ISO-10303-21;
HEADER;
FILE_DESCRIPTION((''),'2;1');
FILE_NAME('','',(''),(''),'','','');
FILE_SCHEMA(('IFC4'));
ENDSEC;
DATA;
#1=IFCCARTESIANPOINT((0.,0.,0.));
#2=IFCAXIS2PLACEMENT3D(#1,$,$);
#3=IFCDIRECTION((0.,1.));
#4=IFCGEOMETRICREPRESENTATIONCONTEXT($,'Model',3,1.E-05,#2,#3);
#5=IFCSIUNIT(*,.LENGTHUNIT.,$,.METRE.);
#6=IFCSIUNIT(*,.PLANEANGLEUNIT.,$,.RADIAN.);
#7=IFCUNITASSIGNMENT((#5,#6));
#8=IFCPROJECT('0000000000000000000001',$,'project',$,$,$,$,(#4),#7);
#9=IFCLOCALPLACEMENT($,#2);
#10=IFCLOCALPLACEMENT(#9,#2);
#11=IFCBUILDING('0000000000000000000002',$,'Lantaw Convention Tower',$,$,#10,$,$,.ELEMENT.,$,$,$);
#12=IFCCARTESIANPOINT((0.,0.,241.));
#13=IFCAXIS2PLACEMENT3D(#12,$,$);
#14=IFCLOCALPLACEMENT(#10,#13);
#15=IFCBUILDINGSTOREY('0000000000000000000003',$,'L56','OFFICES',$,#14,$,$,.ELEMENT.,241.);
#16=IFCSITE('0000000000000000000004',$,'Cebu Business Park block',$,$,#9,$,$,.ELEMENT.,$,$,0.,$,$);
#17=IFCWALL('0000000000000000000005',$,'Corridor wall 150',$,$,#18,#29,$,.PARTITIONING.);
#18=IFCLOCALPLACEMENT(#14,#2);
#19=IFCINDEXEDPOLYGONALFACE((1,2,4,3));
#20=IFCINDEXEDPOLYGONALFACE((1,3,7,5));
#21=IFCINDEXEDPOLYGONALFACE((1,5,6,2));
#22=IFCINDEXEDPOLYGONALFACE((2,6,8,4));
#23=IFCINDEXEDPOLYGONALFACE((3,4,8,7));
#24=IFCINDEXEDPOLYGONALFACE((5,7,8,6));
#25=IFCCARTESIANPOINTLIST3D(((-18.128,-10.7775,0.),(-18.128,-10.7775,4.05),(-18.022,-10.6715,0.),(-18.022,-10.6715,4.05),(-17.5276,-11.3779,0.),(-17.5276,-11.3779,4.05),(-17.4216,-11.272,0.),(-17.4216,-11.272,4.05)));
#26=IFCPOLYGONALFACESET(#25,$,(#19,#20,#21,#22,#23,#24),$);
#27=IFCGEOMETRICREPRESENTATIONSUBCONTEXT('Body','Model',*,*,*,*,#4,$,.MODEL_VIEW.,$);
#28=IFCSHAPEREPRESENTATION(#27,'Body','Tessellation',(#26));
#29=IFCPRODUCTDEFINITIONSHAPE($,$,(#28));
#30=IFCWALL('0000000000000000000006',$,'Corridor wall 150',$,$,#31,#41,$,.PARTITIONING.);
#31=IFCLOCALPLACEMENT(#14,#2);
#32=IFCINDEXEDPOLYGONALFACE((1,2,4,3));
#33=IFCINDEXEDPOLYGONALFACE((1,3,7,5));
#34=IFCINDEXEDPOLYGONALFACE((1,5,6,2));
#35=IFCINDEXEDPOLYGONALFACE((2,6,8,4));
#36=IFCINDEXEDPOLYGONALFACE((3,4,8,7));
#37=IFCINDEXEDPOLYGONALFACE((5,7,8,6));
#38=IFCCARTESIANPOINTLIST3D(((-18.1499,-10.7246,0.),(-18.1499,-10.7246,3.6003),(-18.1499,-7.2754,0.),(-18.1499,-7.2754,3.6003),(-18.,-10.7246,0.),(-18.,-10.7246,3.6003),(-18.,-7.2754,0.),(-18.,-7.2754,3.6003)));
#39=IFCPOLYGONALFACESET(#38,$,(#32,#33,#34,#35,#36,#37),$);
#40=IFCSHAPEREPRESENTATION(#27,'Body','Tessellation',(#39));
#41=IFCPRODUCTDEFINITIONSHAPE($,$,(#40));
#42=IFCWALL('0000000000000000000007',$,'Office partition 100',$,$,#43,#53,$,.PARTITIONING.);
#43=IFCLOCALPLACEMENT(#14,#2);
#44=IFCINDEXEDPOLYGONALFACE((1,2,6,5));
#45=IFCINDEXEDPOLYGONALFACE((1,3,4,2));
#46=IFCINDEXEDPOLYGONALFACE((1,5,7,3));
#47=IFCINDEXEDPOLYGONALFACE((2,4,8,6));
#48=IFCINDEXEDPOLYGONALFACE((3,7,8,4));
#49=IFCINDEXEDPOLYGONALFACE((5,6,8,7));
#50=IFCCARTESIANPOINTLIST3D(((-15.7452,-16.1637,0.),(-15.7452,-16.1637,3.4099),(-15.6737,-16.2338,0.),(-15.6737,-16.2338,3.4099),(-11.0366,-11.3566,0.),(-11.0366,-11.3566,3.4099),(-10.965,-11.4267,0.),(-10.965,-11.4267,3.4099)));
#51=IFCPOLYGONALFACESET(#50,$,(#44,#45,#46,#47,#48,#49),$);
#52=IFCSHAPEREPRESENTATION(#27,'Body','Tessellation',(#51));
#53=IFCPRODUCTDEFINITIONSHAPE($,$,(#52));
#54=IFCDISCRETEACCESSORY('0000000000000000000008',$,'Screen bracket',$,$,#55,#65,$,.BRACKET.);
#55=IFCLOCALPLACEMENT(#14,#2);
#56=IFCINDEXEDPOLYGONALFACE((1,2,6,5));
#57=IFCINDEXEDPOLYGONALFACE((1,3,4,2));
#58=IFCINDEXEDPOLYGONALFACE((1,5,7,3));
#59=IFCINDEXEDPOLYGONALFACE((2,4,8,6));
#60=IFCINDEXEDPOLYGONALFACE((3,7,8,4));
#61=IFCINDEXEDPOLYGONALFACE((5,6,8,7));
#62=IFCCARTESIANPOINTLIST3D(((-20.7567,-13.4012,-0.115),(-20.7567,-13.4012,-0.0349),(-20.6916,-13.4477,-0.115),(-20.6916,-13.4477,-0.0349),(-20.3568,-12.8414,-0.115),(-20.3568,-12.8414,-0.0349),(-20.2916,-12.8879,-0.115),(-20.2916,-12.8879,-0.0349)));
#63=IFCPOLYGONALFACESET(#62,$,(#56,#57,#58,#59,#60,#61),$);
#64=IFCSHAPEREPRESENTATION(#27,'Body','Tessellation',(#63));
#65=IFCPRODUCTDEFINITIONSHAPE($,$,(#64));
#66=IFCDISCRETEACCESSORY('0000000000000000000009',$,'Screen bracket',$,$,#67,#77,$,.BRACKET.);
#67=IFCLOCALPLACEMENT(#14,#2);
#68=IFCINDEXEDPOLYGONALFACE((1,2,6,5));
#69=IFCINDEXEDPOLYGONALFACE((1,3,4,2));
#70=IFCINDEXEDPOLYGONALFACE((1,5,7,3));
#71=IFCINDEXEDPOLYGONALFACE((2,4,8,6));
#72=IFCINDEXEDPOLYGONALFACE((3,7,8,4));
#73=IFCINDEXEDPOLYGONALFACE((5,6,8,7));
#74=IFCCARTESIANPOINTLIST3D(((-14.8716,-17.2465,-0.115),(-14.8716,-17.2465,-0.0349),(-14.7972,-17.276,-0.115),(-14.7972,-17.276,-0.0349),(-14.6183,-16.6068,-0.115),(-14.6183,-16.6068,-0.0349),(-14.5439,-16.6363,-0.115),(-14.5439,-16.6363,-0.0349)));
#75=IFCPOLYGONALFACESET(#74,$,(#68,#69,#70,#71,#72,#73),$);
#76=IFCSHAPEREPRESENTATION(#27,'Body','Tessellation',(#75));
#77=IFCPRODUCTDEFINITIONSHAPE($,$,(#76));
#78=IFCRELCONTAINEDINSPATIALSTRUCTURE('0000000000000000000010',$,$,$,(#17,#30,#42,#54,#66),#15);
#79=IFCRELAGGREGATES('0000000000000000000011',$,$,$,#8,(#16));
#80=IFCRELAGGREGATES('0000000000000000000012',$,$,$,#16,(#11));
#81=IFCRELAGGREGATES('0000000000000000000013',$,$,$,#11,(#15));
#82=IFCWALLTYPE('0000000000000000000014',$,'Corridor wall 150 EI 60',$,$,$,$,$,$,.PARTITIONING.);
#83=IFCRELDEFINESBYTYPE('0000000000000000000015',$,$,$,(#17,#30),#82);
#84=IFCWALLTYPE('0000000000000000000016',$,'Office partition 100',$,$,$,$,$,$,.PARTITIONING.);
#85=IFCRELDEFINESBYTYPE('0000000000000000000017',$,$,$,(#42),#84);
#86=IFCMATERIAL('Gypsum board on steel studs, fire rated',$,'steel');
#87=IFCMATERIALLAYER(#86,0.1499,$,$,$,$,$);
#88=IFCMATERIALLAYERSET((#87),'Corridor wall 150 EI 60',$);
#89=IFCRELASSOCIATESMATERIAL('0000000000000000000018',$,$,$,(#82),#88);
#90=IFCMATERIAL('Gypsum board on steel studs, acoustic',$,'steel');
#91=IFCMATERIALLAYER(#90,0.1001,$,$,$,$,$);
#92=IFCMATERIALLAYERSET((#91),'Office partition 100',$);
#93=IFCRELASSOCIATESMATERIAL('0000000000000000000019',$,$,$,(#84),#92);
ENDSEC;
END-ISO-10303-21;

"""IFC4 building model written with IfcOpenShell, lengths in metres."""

from ifc_helpers import new_model, si_unit, direction, frame, frame_2d, origin, origin_2d, place, context, subcontext, project, spatial, rectangle, extrude, material, layer, layer_set, type_object, element, save


model = new_model("IFC4")

# Units and contexts
model_context = context("Model", 3, precision=1e-05, world=origin(), true_north=direction((0.0, 1.0)))
body_context = subcontext(model_context, "Body", "Model", "MODEL_VIEW")
ifc_project = project(units=[si_unit("LENGTHUNIT", "METRE"), si_unit("PLANEANGLEUNIT", "RADIAN")], contexts=[model_context])

# Site, building, storey
site_placement = place(None, origin())
site = spatial("IfcSite", under=ifc_project, at=site_placement, Name="Cebu Business Park block", CompositionType="ELEMENT", RefElevation=0.0)
building_placement = place(site_placement, origin())
building = spatial("IfcBuilding", under=site, at=building_placement, Name="Lantaw Convention Tower", CompositionType="ELEMENT")
storey_placement = place(building_placement, frame((0.0, 0.0, 241.0)))
storey = spatial("IfcBuildingStorey", under=building, at=storey_placement, Name="L56", Description="OFFICES", CompositionType="ELEMENT", Elevation=241.0)

# Walls
ifc_material_1 = material(Name="Gypsum board on steel studs, fire rated", Category="steel")
ifc_layer_1 = layer(ifc_material_1, 0.1499)
ifc_layer_set_1 = layer_set([ifc_layer_1], Name="Corridor wall 150 EI 60")
wall_type_1 = type_object("IfcWallType", Name="Corridor wall 150 EI 60", PredefinedType="PARTITIONING", material=ifc_layer_set_1)
wall_1_placement = place(storey_placement, frame((-17.4746, -11.325, 0.0), z_axis=(0.0, 0.0, 1.0), x_axis=(-0.707107, 0.707107, 0.0)))
element("IfcWall", 1, at=wall_1_placement, inside=storey, type_object=wall_type_1, Name="Corridor wall 150", PredefinedType="PARTITIONING", context=body_context, shape_type="SweptSolid", body=[
    extrude(rectangle(XDim=0.8491, YDim=0.1499, at=frame_2d((0.4246, 0.0))), origin(), (0.0, 0.0, 1.0), 4.05),
])
wall_2_placement = place(storey_placement, frame((-18.075, -10.7246, 0.0), z_axis=(0.0, 0.0, 1.0), x_axis=(0.0, 1.0, 0.0)))
element("IfcWall", 2, at=wall_2_placement, inside=storey, type_object=wall_type_1, Name="Corridor wall 150", PredefinedType="PARTITIONING", context=body_context, shape_type="SweptSolid", body=[
    extrude(rectangle(XDim=3.4492, YDim=0.1499, at=frame_2d((1.7246, 0.0))), origin(), (0.0, 0.0, 1.0), 3.6003),
])
ifc_material_2 = material(Name="Gypsum board on steel studs, acoustic", Category="steel")
ifc_layer_2 = layer(ifc_material_2, 0.1001)
ifc_layer_set_2 = layer_set([ifc_layer_2], Name="Office partition 100")
wall_type_2 = type_object("IfcWallType", Name="Office partition 100", PredefinedType="PARTITIONING", material=ifc_layer_set_2)
wall_3_placement = place(storey_placement, frame((-15.7095, -16.1987, 0.0), z_axis=(0.0, 0.0, 1.0), x_axis=(0.699758, 0.71438, 0.0)))
element("IfcWall", 3, at=wall_3_placement, inside=storey, type_object=wall_type_2, Name="Office partition 100", PredefinedType="PARTITIONING", context=body_context, shape_type="SweptSolid", body=[
    extrude(rectangle(XDim=6.729, YDim=0.1001, at=frame_2d((3.3645, 0.0))), origin(), (0.0, 0.0, 1.0), 3.4099),
])

# Discrete accessories
for number, where, z_axis, x_axis, name in (
    (4, (-20.5242, -13.1445, -0.115), (0.0, 0.0, 1.0), (0.813673, -0.581323, 0.0), "Screen bracket"),
    (5, (-14.7078, -16.9414, -0.115), (0.0, 0.0, 1.0), (0.929762, -0.368162, 0.0), "Screen bracket"),
):
    element("IfcDiscreteAccessory", number, at=place(storey_placement, frame(where, z_axis=z_axis, x_axis=x_axis)), inside=storey, Name=name, PredefinedType="BRACKET", context=body_context, shape_type="SweptSolid", body=[
        extrude(rectangle(XDim=0.0801, YDim=0.688, at=origin_2d()), origin(), (0.0, 0.0, 1.0), 0.0801),
    ])

save(model, "model.ifc")
